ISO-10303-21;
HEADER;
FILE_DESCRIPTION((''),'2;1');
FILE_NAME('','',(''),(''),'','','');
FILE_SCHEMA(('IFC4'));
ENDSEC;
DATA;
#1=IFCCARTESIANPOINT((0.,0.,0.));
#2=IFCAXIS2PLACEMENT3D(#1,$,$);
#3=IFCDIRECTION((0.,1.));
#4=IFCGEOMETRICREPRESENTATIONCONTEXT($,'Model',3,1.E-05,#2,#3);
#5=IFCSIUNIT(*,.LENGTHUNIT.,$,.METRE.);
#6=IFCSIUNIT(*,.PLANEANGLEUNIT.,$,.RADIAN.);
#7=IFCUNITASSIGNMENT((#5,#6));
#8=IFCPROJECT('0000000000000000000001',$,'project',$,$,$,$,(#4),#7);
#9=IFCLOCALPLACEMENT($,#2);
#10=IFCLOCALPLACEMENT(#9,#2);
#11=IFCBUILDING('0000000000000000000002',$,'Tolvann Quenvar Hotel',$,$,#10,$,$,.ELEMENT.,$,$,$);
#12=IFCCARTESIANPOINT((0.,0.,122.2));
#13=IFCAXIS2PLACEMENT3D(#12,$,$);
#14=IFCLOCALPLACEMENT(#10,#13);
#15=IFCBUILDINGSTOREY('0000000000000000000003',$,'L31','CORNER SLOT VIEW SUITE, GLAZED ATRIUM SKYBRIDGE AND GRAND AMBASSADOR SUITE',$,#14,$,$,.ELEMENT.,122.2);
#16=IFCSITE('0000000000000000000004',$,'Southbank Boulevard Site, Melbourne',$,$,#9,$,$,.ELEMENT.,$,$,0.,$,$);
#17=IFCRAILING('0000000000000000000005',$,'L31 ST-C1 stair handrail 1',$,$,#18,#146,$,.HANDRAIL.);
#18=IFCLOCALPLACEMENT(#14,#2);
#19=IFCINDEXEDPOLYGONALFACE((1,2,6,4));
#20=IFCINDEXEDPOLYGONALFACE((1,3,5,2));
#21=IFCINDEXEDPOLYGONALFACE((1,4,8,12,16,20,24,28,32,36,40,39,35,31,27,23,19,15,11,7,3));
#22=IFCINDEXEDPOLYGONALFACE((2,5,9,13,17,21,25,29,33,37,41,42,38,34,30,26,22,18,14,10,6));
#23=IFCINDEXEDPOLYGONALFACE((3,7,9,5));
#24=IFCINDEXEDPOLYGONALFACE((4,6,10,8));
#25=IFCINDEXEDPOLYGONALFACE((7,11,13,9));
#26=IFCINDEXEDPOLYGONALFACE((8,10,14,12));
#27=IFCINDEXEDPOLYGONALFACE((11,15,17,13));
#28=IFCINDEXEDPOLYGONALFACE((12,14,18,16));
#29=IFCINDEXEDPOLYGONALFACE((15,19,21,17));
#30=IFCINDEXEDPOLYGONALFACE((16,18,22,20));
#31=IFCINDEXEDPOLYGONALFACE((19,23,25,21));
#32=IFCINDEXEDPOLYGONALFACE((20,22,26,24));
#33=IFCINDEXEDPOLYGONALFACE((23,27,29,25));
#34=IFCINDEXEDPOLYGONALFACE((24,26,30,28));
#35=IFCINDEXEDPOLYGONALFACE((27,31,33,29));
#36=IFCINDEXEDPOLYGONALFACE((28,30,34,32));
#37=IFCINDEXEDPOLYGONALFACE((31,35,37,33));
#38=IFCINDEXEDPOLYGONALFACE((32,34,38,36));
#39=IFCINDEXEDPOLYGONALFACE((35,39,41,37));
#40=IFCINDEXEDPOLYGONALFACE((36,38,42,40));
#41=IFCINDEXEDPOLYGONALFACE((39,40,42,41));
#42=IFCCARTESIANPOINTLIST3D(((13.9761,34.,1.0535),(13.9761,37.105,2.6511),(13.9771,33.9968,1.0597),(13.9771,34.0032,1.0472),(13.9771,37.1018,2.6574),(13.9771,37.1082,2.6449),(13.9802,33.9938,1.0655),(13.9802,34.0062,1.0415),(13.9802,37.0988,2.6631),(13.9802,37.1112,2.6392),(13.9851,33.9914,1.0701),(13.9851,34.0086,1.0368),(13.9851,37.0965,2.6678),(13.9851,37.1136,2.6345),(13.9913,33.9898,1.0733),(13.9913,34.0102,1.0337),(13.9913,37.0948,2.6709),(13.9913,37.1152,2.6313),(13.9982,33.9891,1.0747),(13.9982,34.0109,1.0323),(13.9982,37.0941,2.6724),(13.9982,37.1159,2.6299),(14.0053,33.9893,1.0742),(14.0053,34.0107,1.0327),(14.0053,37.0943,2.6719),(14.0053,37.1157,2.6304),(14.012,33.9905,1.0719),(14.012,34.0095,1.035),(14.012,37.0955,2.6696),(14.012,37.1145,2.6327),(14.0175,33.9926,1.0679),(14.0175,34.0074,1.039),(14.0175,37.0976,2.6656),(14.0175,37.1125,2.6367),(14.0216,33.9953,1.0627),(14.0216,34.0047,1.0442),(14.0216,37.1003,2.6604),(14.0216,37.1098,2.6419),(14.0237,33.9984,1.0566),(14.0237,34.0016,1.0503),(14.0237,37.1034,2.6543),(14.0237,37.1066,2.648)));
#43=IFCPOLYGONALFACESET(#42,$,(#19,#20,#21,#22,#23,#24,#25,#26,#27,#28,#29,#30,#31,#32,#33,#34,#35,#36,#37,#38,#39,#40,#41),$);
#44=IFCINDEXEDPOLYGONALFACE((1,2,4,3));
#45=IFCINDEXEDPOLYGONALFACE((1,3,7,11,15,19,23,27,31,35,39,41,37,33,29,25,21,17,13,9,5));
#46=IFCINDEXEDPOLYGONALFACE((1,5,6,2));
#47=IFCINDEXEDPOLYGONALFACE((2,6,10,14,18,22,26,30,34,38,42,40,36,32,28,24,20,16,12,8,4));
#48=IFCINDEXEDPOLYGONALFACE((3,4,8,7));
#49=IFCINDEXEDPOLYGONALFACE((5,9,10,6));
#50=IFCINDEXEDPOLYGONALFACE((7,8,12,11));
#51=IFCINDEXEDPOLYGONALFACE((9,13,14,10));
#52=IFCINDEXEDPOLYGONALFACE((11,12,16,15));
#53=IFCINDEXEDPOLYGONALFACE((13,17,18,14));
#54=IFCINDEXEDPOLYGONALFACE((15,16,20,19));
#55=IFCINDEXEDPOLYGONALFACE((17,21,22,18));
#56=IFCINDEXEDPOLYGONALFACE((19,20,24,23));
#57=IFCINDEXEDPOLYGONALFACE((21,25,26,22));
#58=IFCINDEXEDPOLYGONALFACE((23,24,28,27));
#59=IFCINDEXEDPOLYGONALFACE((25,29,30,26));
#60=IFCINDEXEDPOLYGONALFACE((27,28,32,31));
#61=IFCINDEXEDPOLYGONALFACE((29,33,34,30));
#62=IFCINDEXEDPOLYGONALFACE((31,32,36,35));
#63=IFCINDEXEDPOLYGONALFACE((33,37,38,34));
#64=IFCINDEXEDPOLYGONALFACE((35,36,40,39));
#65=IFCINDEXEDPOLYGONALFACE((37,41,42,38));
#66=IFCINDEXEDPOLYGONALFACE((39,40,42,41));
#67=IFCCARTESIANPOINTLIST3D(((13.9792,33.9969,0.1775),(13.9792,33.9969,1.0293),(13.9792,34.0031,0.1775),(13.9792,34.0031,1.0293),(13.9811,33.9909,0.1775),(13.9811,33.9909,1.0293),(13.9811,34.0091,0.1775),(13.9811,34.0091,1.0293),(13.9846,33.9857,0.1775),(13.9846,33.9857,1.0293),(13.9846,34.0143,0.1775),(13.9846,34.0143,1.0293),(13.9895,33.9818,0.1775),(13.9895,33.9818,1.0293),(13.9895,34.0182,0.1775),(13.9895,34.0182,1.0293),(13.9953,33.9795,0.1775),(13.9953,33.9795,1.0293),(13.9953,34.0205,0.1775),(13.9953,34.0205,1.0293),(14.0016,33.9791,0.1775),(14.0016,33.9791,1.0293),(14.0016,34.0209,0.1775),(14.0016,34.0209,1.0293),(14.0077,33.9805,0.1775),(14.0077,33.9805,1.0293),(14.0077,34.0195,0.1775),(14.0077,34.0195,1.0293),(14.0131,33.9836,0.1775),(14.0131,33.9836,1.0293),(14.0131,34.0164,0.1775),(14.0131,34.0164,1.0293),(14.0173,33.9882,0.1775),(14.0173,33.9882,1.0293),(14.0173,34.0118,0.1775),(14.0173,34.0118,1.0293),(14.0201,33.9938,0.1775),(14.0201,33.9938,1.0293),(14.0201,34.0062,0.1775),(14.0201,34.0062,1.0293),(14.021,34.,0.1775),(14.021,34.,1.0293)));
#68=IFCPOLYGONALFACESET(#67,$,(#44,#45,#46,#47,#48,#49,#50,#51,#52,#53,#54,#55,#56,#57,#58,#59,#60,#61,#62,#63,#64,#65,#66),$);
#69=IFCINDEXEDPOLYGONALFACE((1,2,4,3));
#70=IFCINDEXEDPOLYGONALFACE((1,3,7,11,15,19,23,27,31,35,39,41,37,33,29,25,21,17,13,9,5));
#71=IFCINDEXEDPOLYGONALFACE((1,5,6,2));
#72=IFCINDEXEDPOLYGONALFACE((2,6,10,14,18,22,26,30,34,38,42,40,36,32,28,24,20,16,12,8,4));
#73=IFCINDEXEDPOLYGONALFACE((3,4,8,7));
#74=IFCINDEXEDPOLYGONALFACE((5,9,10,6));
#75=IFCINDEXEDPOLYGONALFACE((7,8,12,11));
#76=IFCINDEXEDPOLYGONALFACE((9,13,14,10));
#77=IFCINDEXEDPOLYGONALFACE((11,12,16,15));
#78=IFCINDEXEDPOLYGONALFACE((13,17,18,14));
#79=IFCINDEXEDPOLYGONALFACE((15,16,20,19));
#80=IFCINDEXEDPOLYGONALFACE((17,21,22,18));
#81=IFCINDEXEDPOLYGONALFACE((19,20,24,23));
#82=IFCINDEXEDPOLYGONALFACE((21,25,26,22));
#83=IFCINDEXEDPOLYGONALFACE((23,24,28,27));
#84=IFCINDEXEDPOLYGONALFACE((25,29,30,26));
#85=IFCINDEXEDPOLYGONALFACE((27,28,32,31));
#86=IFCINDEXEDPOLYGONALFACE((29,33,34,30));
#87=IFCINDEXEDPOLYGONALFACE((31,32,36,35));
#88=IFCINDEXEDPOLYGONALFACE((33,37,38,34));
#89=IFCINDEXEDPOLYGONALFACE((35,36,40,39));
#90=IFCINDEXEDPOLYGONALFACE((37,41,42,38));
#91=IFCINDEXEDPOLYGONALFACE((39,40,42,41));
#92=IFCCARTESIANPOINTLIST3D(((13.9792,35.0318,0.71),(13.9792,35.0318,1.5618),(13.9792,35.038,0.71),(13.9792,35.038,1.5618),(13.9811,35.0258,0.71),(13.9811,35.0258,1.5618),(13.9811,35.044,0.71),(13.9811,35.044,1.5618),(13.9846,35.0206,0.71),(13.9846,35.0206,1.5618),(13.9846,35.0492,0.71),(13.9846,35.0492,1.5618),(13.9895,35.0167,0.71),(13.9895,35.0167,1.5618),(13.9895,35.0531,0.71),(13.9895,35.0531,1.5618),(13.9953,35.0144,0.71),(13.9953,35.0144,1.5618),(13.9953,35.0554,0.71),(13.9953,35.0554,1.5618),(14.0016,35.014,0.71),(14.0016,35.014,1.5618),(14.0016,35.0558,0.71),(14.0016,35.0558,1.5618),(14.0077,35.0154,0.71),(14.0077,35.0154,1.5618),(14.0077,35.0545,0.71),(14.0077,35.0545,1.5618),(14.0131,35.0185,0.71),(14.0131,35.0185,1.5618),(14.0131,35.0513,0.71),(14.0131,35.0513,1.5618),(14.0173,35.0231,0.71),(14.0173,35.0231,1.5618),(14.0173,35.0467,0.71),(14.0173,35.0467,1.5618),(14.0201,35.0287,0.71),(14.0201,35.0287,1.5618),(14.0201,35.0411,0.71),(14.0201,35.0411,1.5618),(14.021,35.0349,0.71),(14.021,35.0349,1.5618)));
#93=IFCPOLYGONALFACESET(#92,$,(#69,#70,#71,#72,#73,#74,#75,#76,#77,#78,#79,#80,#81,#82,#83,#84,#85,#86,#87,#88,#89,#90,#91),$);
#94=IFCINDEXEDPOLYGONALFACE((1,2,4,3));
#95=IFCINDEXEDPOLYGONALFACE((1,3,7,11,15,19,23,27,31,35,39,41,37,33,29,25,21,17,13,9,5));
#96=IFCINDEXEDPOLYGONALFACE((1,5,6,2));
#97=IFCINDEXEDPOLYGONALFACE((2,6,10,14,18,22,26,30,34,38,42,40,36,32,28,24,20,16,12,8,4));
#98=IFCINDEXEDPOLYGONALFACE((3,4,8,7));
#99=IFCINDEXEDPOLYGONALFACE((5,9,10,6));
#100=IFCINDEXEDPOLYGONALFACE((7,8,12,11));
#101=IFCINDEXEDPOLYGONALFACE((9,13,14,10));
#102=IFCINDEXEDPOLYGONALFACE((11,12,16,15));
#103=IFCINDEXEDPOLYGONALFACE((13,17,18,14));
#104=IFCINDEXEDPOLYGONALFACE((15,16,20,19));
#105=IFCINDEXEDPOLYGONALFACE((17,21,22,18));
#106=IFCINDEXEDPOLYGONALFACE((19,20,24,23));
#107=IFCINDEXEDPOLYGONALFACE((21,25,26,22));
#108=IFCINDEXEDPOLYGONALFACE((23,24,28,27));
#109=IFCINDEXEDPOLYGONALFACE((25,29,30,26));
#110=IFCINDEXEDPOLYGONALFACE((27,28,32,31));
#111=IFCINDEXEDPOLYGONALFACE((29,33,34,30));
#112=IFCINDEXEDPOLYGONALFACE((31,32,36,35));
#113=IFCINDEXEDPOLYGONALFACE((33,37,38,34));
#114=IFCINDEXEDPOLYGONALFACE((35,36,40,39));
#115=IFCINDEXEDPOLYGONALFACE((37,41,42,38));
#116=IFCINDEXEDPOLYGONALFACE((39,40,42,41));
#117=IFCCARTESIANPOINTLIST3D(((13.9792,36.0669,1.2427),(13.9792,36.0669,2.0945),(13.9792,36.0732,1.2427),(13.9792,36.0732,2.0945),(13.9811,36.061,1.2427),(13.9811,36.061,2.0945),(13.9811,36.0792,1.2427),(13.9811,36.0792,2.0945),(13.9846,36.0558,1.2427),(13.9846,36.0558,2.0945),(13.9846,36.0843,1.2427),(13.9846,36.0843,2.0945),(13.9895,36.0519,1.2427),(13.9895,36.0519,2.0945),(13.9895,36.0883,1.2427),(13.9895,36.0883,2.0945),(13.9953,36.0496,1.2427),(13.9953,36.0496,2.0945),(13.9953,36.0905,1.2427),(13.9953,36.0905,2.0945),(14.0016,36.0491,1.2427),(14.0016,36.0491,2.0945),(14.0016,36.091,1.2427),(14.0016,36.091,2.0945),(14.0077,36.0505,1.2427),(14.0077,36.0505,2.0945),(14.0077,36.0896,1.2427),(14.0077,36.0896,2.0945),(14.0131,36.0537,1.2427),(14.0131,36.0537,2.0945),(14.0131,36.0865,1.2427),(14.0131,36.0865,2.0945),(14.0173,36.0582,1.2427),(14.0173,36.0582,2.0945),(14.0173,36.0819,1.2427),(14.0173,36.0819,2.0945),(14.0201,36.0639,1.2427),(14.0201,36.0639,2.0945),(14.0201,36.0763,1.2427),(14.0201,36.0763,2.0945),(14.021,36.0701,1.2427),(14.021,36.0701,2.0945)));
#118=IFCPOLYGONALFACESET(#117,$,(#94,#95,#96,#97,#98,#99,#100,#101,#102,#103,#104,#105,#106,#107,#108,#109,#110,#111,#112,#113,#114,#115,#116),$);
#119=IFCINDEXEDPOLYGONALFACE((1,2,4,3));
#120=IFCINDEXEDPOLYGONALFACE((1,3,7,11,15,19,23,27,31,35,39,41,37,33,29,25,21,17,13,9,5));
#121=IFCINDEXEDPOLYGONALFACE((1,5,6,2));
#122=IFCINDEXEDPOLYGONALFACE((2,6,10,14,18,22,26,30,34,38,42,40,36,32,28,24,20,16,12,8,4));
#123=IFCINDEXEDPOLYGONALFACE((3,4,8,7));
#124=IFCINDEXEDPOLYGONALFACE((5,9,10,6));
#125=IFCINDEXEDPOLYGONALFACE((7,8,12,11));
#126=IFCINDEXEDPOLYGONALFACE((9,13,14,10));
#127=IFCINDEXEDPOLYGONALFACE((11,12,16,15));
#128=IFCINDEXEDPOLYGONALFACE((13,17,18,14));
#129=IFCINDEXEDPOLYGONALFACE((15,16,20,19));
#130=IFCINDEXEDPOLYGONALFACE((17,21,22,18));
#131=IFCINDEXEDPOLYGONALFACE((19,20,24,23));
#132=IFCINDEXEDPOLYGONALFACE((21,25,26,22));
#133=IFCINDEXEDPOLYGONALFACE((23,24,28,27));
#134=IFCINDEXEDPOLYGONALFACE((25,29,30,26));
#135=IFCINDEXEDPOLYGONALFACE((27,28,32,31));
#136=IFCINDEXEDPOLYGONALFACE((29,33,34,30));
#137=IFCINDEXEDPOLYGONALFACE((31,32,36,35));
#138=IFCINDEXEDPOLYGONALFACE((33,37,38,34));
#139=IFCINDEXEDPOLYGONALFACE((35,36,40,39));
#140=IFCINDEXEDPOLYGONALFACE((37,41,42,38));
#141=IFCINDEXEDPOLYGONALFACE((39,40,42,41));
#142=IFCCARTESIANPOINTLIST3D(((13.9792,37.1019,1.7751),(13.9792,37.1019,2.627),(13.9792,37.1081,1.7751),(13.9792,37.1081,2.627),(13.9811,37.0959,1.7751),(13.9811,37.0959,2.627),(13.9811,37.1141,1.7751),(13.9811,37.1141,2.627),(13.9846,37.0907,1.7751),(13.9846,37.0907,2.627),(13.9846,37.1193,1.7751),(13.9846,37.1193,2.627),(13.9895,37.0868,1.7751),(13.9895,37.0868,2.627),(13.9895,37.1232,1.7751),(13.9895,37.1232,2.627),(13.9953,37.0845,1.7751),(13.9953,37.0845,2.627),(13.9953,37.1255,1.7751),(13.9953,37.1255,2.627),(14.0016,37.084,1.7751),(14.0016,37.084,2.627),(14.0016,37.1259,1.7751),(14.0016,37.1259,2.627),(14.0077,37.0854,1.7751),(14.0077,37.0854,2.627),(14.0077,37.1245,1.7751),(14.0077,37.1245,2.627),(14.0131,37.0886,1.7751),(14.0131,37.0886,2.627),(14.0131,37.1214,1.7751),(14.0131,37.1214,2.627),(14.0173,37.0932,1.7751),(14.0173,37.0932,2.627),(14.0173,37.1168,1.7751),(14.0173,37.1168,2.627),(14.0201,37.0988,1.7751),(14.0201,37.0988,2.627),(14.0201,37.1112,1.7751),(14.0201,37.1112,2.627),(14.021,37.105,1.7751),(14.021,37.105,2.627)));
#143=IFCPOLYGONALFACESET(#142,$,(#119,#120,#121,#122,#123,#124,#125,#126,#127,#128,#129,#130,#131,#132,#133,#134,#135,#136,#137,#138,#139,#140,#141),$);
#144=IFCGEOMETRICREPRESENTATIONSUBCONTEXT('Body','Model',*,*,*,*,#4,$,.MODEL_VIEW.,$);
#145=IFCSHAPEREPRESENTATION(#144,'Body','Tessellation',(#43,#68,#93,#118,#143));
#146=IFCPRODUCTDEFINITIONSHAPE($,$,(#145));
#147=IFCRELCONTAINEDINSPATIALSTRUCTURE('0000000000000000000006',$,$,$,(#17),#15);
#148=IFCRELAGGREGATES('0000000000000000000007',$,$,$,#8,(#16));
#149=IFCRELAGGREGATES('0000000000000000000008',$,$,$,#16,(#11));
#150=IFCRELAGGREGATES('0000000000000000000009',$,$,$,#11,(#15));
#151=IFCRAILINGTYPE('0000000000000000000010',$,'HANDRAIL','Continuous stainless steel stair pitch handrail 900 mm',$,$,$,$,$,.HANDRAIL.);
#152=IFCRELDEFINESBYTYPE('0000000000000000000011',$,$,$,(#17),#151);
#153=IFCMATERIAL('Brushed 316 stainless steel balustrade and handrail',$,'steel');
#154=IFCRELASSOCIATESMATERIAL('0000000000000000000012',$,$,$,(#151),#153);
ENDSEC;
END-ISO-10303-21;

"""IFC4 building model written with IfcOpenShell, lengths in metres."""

from ifc_helpers import new_model, si_unit, direction, frame, origin, origin_2d, place, context, subcontext, project, spatial, circle, extrude, material, type_object, element, save


model = new_model("IFC4")

# Units and contexts
model_context = context("Model", 3, precision=1e-05, world=origin(), true_north=direction((0.0, 1.0)))
body_context = subcontext(model_context, "Body", "Model", "MODEL_VIEW")
ifc_project = project(units=[si_unit("LENGTHUNIT", "METRE"), si_unit("PLANEANGLEUNIT", "RADIAN")], contexts=[model_context])

# Site, building, storey
site_placement = place(None, origin())
site = spatial("IfcSite", under=ifc_project, at=site_placement, Name="Southbank Boulevard Site, Melbourne", CompositionType="ELEMENT", RefElevation=0.0)
building_placement = place(site_placement, origin())
building = spatial("IfcBuilding", under=site, at=building_placement, Name="Tolvann Quenvar Hotel", CompositionType="ELEMENT")
storey_placement = place(building_placement, frame((0.0, 0.0, 122.2)))
storey = spatial("IfcBuildingStorey", under=building, at=storey_placement, Name="L31", Description="CORNER SLOT VIEW SUITE, GLAZED ATRIUM SKYBRIDGE AND GRAND AMBASSADOR SUITE", CompositionType="ELEMENT", Elevation=122.2)

# Railing
ifc_material_1 = material(Name="Brushed 316 stainless steel balustrade and handrail", Category="steel")
railing_type_1 = type_object("IfcRailingType", Name="HANDRAIL", Description="Continuous stainless steel stair pitch handrail 900 mm", PredefinedType="HANDRAIL", material=ifc_material_1)
railing_1_placement = place(storey_placement, frame((14.0, 34.0, 0.1775)))
element("IfcRailing", 1, at=railing_1_placement, inside=storey, type_object=railing_type_1, Name="L31 ST-C1 stair handrail 1", PredefinedType="HANDRAIL", context=body_context, shape_type="SweptSolid", body=[
    extrude(circle(Radius=0.0239, at=origin_2d()), frame((0.0, 0.0, 0.876), z_axis=(0.0, 0.889194, 0.457531), x_axis=(-1.0, 0.0, 0.0)), (0.0, 0.0, 1.0), 3.4919),
    extrude(circle(Radius=0.021, at=origin_2d()), origin(), (0.0, 0.0, 1.0), 0.8518),
    extrude(circle(Radius=0.021, at=origin_2d()), frame((0.0, 1.0349, 0.5325)), (0.0, 0.0, 1.0), 0.8518),
    extrude(circle(Radius=0.021, at=origin_2d()), frame((0.0, 2.0701, 1.0652)), (0.0, 0.0, 1.0), 0.8518),
    extrude(circle(Radius=0.021, at=origin_2d()), frame((0.0, 3.105, 1.5977)), (0.0, 0.0, 1.0), 0.8518),
])

save(model, "model.ifc")
